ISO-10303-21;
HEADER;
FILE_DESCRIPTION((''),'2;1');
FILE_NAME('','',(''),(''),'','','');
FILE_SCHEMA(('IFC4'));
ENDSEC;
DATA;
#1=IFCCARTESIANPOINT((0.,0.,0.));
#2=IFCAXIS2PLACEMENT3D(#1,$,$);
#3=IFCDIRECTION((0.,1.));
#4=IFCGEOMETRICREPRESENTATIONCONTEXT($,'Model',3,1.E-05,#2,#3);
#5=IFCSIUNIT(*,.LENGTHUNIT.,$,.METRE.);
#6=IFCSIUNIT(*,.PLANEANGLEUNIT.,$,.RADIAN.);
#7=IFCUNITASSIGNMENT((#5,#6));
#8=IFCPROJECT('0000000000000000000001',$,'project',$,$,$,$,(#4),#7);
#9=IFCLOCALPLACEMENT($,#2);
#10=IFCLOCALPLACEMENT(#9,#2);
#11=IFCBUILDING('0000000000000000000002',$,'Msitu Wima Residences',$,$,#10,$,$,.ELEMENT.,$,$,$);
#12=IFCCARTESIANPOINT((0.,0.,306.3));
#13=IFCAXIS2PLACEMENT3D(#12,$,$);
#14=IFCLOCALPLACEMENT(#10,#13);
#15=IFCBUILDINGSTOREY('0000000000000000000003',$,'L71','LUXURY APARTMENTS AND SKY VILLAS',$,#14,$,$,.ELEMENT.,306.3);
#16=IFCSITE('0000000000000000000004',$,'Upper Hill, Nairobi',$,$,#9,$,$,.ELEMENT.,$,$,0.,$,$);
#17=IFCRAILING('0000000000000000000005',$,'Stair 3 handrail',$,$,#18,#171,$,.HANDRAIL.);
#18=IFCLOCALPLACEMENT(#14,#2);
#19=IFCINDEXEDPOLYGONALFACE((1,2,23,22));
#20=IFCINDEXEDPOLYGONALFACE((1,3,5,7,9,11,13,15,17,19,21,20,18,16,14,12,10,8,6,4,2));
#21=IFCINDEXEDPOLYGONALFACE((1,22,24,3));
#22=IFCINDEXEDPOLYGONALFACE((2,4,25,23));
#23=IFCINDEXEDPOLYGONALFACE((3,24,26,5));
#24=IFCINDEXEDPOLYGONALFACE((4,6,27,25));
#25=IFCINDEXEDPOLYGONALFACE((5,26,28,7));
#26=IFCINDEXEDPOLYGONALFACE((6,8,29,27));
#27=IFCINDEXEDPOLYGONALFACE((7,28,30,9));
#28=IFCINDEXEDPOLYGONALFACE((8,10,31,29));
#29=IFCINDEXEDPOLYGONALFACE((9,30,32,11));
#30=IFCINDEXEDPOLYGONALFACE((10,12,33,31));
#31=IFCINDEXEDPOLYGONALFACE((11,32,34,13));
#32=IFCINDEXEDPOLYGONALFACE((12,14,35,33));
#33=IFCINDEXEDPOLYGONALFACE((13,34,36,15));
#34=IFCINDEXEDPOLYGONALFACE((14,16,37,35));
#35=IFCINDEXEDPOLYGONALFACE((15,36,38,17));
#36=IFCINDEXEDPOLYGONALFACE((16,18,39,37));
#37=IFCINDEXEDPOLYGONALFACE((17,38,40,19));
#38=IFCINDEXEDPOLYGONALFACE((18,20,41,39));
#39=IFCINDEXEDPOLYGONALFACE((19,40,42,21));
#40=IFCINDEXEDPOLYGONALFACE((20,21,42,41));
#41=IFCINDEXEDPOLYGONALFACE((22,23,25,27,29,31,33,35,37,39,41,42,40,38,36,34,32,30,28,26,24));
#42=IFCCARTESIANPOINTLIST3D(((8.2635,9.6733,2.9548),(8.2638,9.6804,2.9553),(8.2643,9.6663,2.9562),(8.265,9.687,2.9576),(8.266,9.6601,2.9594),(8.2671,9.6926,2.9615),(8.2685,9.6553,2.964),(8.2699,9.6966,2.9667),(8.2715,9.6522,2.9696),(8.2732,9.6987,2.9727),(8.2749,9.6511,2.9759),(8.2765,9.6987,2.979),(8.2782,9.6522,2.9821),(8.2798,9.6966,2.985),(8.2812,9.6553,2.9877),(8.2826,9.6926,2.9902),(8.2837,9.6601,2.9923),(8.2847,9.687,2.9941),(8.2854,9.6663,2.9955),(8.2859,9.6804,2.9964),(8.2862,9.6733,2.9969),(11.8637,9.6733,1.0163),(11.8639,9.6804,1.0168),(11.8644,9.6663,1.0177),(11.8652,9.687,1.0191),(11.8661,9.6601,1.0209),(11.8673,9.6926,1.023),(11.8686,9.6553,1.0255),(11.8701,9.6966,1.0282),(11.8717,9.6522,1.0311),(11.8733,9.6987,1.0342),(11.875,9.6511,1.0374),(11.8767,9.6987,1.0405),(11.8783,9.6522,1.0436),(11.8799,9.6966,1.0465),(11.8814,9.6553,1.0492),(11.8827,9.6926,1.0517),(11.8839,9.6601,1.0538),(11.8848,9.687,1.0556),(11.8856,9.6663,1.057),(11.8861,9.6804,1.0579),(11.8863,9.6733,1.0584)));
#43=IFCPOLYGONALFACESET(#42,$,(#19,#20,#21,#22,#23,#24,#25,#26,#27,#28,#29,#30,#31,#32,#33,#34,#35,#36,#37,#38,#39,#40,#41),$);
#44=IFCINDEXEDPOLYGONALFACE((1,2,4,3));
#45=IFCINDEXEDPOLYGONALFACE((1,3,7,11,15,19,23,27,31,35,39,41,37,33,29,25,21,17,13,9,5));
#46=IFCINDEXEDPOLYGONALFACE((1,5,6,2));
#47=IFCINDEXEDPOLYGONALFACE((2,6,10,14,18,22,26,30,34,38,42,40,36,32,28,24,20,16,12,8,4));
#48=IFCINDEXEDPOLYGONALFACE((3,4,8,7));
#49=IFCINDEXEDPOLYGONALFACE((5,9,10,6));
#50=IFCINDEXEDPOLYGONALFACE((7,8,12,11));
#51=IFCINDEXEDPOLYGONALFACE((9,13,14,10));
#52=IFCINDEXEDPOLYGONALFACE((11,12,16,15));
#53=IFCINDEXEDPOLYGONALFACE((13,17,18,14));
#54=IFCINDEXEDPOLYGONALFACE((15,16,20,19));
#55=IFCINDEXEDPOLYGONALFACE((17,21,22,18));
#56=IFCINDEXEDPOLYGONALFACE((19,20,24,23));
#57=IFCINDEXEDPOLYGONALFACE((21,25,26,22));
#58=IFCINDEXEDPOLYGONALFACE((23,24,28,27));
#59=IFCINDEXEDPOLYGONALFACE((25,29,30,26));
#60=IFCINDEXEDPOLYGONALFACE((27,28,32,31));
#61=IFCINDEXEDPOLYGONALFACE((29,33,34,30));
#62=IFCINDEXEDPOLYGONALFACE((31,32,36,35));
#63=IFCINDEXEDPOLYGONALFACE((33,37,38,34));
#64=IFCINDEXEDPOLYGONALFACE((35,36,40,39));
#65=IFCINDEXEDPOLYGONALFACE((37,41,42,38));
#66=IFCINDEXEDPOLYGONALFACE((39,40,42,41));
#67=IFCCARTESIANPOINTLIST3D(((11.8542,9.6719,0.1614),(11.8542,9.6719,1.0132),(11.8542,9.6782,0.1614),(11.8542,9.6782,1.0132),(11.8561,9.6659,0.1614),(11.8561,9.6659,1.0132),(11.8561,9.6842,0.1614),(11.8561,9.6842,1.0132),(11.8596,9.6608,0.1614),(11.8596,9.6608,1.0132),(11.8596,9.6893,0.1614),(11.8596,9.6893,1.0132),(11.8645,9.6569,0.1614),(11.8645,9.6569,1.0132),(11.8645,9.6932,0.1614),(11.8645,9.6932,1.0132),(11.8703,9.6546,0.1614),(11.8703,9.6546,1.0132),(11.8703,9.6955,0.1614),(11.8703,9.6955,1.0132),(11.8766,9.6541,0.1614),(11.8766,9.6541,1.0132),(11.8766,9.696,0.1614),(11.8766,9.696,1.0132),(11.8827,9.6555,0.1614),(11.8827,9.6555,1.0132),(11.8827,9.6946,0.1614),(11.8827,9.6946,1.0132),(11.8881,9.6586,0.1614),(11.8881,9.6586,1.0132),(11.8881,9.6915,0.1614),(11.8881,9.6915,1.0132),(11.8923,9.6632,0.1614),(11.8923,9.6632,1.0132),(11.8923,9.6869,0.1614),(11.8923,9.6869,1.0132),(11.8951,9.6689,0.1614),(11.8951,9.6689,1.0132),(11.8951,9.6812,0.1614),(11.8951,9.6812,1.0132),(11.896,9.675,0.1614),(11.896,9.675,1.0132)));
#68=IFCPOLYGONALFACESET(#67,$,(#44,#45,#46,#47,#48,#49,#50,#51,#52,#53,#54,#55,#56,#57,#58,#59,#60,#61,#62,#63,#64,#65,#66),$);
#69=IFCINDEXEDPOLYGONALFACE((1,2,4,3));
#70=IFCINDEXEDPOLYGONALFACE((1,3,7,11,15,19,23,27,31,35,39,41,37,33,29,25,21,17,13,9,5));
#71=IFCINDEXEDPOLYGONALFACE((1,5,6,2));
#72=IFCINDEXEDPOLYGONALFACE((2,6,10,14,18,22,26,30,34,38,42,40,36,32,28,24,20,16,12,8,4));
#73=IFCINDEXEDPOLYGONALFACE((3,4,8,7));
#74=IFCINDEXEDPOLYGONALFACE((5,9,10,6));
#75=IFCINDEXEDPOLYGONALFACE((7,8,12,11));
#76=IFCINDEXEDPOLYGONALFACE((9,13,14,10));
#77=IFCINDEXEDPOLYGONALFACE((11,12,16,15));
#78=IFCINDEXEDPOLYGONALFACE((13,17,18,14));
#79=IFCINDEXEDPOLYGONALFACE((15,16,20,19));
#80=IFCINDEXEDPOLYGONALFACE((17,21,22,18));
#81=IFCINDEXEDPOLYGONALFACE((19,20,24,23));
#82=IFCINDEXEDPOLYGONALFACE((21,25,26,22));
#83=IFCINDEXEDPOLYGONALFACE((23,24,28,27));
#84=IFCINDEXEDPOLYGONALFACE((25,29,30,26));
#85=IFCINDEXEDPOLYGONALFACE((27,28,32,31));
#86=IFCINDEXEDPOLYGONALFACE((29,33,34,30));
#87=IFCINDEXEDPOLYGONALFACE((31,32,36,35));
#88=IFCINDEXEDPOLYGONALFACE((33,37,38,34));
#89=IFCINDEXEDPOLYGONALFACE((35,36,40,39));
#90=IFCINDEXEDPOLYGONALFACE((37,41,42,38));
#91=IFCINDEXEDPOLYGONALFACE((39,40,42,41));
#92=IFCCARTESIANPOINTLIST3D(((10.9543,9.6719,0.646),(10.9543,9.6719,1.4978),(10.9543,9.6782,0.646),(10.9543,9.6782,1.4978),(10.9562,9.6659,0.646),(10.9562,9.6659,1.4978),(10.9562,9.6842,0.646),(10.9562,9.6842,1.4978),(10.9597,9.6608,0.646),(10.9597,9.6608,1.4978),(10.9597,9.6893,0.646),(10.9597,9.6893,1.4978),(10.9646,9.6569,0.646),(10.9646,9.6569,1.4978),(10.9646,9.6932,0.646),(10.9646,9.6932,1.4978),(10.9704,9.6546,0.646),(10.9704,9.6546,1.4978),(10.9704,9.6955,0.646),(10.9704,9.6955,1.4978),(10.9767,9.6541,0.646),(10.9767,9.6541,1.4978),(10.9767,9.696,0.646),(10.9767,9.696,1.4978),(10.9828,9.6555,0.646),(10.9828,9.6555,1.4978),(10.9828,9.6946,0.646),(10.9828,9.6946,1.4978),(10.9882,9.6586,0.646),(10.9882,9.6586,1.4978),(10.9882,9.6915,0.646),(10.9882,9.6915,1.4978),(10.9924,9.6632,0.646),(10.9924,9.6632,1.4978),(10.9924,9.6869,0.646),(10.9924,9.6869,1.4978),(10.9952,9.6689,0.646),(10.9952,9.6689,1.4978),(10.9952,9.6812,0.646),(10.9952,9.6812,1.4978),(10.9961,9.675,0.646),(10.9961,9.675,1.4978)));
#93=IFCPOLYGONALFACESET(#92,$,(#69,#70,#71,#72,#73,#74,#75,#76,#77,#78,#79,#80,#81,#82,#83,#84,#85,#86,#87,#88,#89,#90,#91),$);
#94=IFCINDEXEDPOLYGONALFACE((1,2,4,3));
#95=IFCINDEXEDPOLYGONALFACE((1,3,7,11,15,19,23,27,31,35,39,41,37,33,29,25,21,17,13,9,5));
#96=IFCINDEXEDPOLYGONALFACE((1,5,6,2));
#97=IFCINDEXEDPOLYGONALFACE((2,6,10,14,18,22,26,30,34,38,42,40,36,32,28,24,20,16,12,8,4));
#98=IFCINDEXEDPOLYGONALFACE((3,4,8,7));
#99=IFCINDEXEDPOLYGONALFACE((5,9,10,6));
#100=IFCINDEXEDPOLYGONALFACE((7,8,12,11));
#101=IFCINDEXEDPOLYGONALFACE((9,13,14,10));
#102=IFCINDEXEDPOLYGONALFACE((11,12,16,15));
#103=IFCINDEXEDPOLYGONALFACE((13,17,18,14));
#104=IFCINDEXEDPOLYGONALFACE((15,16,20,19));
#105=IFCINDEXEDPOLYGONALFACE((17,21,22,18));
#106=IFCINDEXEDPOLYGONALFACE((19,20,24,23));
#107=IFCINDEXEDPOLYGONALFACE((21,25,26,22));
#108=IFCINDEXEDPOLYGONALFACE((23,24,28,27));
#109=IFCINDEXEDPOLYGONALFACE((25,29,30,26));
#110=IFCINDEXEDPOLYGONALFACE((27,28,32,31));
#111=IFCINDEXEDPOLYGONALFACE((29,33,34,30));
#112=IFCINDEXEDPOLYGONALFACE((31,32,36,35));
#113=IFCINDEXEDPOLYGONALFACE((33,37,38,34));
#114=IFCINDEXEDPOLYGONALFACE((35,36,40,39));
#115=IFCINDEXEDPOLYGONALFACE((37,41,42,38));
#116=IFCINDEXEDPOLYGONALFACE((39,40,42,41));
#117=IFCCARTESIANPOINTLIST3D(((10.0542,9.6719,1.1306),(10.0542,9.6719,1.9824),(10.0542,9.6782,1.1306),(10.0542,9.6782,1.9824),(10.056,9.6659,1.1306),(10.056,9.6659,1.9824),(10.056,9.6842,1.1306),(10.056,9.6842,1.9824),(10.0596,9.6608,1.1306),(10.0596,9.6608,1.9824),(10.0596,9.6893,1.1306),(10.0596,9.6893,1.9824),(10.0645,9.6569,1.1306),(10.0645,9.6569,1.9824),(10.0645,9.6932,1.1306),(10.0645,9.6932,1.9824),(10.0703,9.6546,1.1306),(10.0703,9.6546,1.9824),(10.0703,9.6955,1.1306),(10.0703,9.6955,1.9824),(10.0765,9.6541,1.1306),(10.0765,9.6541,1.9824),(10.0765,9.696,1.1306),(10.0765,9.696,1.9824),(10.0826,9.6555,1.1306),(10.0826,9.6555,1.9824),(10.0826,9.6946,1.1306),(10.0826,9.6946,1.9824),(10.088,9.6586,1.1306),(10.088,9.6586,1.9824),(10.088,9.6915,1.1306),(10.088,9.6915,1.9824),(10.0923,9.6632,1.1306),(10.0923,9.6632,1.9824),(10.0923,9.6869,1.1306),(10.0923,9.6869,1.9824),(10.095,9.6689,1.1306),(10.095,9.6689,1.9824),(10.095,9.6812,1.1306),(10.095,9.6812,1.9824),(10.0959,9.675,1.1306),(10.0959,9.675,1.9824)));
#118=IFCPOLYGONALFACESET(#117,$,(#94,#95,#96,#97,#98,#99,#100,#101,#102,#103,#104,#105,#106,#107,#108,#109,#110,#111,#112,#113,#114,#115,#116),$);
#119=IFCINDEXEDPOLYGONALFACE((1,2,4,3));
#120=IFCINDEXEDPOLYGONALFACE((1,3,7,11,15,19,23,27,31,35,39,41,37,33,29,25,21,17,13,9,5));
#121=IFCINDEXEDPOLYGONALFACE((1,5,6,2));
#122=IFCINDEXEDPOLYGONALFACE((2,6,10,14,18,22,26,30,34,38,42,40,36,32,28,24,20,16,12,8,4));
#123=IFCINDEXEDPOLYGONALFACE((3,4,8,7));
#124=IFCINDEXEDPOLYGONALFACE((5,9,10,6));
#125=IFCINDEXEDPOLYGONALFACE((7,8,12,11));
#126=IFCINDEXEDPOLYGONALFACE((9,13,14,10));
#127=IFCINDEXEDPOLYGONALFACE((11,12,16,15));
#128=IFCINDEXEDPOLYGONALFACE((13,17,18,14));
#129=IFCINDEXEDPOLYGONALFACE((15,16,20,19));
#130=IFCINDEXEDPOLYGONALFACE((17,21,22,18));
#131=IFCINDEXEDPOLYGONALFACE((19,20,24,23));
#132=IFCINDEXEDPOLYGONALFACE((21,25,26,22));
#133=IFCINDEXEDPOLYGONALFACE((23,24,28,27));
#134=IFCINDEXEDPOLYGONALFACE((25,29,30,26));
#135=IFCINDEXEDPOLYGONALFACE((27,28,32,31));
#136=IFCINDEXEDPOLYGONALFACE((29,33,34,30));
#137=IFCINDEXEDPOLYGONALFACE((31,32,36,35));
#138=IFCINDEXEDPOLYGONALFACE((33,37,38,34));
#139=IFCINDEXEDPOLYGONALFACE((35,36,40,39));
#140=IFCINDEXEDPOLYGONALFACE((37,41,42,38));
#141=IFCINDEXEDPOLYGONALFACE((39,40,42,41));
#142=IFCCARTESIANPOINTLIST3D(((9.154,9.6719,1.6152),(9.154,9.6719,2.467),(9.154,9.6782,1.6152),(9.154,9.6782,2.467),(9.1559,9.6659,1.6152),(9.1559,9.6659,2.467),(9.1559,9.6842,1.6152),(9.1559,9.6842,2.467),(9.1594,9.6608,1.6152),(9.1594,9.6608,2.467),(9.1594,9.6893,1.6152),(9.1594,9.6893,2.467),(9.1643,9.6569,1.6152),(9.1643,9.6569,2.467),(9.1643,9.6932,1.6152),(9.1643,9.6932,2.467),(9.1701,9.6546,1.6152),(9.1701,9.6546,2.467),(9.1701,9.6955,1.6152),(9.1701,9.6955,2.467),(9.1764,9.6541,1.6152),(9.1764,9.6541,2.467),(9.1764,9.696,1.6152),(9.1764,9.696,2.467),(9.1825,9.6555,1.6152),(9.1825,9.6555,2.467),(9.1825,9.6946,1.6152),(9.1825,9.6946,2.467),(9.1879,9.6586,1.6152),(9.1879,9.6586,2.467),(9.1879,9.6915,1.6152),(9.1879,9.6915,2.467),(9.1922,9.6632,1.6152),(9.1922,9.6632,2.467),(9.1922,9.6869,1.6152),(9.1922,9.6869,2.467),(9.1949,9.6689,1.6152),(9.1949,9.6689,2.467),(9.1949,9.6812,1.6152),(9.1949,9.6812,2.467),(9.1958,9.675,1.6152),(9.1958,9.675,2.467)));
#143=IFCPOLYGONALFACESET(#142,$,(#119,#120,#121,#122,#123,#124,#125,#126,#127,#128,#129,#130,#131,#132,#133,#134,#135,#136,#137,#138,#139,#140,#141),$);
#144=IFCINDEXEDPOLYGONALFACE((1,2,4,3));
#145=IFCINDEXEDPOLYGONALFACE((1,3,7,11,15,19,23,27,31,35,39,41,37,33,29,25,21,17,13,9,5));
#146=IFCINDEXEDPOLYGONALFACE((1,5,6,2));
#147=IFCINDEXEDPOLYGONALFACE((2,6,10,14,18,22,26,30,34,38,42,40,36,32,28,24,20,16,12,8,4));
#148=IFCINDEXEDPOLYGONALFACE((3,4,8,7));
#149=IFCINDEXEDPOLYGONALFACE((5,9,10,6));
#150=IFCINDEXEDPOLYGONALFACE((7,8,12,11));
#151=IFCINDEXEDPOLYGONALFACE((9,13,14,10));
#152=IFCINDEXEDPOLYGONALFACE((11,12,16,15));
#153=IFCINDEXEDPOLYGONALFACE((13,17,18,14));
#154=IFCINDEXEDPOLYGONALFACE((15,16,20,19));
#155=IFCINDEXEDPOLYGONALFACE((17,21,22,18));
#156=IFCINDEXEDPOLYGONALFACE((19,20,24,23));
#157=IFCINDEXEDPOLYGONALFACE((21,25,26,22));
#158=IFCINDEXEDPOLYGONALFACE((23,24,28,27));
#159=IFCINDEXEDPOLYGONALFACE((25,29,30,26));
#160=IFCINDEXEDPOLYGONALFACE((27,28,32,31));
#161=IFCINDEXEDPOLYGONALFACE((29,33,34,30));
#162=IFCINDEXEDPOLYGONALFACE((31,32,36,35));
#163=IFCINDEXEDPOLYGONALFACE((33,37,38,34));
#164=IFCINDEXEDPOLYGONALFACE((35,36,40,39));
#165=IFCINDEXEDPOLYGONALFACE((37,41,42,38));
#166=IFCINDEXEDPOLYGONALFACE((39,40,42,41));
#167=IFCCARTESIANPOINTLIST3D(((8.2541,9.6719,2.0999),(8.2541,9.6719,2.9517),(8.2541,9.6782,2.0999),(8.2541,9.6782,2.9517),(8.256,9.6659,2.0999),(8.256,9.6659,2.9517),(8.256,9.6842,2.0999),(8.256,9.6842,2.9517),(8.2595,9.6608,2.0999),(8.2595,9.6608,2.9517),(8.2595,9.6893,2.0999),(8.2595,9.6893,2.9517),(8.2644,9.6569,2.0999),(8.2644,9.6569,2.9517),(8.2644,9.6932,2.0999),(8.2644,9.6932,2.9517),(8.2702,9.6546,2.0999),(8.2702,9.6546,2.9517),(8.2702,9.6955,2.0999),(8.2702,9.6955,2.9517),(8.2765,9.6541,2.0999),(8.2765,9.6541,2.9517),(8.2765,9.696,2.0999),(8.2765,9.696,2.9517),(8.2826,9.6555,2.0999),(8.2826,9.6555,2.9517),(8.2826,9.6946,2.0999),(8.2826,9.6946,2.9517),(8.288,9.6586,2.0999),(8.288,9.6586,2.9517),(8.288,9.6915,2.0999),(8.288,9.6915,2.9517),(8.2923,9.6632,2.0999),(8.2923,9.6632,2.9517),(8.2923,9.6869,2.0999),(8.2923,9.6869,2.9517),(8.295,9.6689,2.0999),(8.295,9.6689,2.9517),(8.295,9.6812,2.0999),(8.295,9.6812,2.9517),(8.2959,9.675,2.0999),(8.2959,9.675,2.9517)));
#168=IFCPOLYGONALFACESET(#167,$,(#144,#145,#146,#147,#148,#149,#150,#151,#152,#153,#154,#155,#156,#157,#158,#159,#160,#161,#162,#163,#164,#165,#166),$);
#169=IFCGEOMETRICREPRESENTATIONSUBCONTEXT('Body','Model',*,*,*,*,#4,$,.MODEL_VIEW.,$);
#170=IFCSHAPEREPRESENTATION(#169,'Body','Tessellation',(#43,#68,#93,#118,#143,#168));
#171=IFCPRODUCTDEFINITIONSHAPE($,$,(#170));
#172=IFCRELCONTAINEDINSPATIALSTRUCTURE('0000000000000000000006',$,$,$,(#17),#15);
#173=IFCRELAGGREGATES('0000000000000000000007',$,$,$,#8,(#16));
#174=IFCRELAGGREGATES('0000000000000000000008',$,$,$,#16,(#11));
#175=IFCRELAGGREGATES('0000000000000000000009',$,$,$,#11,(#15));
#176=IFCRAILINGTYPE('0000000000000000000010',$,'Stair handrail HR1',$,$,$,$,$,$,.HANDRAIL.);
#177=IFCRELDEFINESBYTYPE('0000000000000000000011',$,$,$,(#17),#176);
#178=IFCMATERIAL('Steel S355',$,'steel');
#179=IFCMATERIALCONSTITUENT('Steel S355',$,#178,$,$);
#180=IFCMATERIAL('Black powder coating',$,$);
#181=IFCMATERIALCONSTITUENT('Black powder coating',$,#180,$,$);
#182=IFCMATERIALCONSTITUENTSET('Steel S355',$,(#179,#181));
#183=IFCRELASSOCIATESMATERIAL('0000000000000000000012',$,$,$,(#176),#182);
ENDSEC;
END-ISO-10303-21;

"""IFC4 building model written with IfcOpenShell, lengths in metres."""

from ifc_helpers import new_model, si_unit, direction, frame, origin, origin_2d, place, context, subcontext, project, spatial, circle, extrude, material, constituent, constituent_set, type_object, element, save


model = new_model("IFC4")

# Units and contexts
model_context = context("Model", 3, precision=1e-05, world=origin(), true_north=direction((0.0, 1.0)))
body_context = subcontext(model_context, "Body", "Model", "MODEL_VIEW")
ifc_project = project(units=[si_unit("LENGTHUNIT", "METRE"), si_unit("PLANEANGLEUNIT", "RADIAN")], contexts=[model_context])

# Site, building, storey
site_placement = place(None, origin())
site = spatial("IfcSite", under=ifc_project, at=site_placement, Name="Upper Hill, Nairobi", CompositionType="ELEMENT", RefElevation=0.0)
building_placement = place(site_placement, origin())
building = spatial("IfcBuilding", under=site, at=building_placement, Name="Msitu Wima Residences", CompositionType="ELEMENT")
storey_placement = place(building_placement, frame((0.0, 0.0, 306.3)))
storey = spatial("IfcBuildingStorey", under=building, at=storey_placement, Name="L71", Description="LUXURY APARTMENTS AND SKY VILLAS", CompositionType="ELEMENT", Elevation=306.3)

# Railing
ifc_material_1 = material(Name="Steel S355", Category="steel")
ifc_constituent_1 = constituent(ifc_material_1, Name="Steel S355")
ifc_material_2 = material(Name="Black powder coating")
ifc_constituent_2 = constituent(ifc_material_2, Name="Black powder coating")
ifc_constituent_set = constituent_set(constituents=[ifc_constituent_1, ifc_constituent_2], Name="Steel S355")
railing_type = type_object("IfcRailingType", Name="Stair handrail HR1", PredefinedType="HANDRAIL", material=ifc_constituent_set)
for number, where, name in (
    (1, (11.875, 9.675, 0.1614), "Stair 3 handrail"),
):
    element("IfcRailing", number, at=place(storey_placement, frame(where)), inside=storey, type_object=railing_type, Name=name, PredefinedType="HANDRAIL", context=body_context, shape_type="SweptSolid", body=[
        extrude(circle(Radius=0.0239, at=origin_2d()), frame((0.0, 0.0, 0.876), z_axis=(-0.880475, 0.0, 0.474093), x_axis=(0.0, -1.0, 0.0)), (0.0, 0.0, 1.0), 4.0889),
        extrude(circle(Radius=0.021, at=origin_2d()), origin(), (0.0, 0.0, 1.0), 0.8518),
        extrude(circle(Radius=0.021, at=origin_2d()), frame((-0.8999, 0.0, 0.4846)), (0.0, 0.0, 1.0), 0.8518),
        extrude(circle(Radius=0.021, at=origin_2d()), frame((-1.8, 0.0, 0.9692)), (0.0, 0.0, 1.0), 0.8518),
        extrude(circle(Radius=0.021, at=origin_2d()), frame((-2.7002, 0.0, 1.4539)), (0.0, 0.0, 1.0), 0.8518),
        extrude(circle(Radius=0.021, at=origin_2d()), frame((-3.6001, 0.0, 1.9385)), (0.0, 0.0, 1.0), 0.8518),
    ])

save(model, "model.ifc")
